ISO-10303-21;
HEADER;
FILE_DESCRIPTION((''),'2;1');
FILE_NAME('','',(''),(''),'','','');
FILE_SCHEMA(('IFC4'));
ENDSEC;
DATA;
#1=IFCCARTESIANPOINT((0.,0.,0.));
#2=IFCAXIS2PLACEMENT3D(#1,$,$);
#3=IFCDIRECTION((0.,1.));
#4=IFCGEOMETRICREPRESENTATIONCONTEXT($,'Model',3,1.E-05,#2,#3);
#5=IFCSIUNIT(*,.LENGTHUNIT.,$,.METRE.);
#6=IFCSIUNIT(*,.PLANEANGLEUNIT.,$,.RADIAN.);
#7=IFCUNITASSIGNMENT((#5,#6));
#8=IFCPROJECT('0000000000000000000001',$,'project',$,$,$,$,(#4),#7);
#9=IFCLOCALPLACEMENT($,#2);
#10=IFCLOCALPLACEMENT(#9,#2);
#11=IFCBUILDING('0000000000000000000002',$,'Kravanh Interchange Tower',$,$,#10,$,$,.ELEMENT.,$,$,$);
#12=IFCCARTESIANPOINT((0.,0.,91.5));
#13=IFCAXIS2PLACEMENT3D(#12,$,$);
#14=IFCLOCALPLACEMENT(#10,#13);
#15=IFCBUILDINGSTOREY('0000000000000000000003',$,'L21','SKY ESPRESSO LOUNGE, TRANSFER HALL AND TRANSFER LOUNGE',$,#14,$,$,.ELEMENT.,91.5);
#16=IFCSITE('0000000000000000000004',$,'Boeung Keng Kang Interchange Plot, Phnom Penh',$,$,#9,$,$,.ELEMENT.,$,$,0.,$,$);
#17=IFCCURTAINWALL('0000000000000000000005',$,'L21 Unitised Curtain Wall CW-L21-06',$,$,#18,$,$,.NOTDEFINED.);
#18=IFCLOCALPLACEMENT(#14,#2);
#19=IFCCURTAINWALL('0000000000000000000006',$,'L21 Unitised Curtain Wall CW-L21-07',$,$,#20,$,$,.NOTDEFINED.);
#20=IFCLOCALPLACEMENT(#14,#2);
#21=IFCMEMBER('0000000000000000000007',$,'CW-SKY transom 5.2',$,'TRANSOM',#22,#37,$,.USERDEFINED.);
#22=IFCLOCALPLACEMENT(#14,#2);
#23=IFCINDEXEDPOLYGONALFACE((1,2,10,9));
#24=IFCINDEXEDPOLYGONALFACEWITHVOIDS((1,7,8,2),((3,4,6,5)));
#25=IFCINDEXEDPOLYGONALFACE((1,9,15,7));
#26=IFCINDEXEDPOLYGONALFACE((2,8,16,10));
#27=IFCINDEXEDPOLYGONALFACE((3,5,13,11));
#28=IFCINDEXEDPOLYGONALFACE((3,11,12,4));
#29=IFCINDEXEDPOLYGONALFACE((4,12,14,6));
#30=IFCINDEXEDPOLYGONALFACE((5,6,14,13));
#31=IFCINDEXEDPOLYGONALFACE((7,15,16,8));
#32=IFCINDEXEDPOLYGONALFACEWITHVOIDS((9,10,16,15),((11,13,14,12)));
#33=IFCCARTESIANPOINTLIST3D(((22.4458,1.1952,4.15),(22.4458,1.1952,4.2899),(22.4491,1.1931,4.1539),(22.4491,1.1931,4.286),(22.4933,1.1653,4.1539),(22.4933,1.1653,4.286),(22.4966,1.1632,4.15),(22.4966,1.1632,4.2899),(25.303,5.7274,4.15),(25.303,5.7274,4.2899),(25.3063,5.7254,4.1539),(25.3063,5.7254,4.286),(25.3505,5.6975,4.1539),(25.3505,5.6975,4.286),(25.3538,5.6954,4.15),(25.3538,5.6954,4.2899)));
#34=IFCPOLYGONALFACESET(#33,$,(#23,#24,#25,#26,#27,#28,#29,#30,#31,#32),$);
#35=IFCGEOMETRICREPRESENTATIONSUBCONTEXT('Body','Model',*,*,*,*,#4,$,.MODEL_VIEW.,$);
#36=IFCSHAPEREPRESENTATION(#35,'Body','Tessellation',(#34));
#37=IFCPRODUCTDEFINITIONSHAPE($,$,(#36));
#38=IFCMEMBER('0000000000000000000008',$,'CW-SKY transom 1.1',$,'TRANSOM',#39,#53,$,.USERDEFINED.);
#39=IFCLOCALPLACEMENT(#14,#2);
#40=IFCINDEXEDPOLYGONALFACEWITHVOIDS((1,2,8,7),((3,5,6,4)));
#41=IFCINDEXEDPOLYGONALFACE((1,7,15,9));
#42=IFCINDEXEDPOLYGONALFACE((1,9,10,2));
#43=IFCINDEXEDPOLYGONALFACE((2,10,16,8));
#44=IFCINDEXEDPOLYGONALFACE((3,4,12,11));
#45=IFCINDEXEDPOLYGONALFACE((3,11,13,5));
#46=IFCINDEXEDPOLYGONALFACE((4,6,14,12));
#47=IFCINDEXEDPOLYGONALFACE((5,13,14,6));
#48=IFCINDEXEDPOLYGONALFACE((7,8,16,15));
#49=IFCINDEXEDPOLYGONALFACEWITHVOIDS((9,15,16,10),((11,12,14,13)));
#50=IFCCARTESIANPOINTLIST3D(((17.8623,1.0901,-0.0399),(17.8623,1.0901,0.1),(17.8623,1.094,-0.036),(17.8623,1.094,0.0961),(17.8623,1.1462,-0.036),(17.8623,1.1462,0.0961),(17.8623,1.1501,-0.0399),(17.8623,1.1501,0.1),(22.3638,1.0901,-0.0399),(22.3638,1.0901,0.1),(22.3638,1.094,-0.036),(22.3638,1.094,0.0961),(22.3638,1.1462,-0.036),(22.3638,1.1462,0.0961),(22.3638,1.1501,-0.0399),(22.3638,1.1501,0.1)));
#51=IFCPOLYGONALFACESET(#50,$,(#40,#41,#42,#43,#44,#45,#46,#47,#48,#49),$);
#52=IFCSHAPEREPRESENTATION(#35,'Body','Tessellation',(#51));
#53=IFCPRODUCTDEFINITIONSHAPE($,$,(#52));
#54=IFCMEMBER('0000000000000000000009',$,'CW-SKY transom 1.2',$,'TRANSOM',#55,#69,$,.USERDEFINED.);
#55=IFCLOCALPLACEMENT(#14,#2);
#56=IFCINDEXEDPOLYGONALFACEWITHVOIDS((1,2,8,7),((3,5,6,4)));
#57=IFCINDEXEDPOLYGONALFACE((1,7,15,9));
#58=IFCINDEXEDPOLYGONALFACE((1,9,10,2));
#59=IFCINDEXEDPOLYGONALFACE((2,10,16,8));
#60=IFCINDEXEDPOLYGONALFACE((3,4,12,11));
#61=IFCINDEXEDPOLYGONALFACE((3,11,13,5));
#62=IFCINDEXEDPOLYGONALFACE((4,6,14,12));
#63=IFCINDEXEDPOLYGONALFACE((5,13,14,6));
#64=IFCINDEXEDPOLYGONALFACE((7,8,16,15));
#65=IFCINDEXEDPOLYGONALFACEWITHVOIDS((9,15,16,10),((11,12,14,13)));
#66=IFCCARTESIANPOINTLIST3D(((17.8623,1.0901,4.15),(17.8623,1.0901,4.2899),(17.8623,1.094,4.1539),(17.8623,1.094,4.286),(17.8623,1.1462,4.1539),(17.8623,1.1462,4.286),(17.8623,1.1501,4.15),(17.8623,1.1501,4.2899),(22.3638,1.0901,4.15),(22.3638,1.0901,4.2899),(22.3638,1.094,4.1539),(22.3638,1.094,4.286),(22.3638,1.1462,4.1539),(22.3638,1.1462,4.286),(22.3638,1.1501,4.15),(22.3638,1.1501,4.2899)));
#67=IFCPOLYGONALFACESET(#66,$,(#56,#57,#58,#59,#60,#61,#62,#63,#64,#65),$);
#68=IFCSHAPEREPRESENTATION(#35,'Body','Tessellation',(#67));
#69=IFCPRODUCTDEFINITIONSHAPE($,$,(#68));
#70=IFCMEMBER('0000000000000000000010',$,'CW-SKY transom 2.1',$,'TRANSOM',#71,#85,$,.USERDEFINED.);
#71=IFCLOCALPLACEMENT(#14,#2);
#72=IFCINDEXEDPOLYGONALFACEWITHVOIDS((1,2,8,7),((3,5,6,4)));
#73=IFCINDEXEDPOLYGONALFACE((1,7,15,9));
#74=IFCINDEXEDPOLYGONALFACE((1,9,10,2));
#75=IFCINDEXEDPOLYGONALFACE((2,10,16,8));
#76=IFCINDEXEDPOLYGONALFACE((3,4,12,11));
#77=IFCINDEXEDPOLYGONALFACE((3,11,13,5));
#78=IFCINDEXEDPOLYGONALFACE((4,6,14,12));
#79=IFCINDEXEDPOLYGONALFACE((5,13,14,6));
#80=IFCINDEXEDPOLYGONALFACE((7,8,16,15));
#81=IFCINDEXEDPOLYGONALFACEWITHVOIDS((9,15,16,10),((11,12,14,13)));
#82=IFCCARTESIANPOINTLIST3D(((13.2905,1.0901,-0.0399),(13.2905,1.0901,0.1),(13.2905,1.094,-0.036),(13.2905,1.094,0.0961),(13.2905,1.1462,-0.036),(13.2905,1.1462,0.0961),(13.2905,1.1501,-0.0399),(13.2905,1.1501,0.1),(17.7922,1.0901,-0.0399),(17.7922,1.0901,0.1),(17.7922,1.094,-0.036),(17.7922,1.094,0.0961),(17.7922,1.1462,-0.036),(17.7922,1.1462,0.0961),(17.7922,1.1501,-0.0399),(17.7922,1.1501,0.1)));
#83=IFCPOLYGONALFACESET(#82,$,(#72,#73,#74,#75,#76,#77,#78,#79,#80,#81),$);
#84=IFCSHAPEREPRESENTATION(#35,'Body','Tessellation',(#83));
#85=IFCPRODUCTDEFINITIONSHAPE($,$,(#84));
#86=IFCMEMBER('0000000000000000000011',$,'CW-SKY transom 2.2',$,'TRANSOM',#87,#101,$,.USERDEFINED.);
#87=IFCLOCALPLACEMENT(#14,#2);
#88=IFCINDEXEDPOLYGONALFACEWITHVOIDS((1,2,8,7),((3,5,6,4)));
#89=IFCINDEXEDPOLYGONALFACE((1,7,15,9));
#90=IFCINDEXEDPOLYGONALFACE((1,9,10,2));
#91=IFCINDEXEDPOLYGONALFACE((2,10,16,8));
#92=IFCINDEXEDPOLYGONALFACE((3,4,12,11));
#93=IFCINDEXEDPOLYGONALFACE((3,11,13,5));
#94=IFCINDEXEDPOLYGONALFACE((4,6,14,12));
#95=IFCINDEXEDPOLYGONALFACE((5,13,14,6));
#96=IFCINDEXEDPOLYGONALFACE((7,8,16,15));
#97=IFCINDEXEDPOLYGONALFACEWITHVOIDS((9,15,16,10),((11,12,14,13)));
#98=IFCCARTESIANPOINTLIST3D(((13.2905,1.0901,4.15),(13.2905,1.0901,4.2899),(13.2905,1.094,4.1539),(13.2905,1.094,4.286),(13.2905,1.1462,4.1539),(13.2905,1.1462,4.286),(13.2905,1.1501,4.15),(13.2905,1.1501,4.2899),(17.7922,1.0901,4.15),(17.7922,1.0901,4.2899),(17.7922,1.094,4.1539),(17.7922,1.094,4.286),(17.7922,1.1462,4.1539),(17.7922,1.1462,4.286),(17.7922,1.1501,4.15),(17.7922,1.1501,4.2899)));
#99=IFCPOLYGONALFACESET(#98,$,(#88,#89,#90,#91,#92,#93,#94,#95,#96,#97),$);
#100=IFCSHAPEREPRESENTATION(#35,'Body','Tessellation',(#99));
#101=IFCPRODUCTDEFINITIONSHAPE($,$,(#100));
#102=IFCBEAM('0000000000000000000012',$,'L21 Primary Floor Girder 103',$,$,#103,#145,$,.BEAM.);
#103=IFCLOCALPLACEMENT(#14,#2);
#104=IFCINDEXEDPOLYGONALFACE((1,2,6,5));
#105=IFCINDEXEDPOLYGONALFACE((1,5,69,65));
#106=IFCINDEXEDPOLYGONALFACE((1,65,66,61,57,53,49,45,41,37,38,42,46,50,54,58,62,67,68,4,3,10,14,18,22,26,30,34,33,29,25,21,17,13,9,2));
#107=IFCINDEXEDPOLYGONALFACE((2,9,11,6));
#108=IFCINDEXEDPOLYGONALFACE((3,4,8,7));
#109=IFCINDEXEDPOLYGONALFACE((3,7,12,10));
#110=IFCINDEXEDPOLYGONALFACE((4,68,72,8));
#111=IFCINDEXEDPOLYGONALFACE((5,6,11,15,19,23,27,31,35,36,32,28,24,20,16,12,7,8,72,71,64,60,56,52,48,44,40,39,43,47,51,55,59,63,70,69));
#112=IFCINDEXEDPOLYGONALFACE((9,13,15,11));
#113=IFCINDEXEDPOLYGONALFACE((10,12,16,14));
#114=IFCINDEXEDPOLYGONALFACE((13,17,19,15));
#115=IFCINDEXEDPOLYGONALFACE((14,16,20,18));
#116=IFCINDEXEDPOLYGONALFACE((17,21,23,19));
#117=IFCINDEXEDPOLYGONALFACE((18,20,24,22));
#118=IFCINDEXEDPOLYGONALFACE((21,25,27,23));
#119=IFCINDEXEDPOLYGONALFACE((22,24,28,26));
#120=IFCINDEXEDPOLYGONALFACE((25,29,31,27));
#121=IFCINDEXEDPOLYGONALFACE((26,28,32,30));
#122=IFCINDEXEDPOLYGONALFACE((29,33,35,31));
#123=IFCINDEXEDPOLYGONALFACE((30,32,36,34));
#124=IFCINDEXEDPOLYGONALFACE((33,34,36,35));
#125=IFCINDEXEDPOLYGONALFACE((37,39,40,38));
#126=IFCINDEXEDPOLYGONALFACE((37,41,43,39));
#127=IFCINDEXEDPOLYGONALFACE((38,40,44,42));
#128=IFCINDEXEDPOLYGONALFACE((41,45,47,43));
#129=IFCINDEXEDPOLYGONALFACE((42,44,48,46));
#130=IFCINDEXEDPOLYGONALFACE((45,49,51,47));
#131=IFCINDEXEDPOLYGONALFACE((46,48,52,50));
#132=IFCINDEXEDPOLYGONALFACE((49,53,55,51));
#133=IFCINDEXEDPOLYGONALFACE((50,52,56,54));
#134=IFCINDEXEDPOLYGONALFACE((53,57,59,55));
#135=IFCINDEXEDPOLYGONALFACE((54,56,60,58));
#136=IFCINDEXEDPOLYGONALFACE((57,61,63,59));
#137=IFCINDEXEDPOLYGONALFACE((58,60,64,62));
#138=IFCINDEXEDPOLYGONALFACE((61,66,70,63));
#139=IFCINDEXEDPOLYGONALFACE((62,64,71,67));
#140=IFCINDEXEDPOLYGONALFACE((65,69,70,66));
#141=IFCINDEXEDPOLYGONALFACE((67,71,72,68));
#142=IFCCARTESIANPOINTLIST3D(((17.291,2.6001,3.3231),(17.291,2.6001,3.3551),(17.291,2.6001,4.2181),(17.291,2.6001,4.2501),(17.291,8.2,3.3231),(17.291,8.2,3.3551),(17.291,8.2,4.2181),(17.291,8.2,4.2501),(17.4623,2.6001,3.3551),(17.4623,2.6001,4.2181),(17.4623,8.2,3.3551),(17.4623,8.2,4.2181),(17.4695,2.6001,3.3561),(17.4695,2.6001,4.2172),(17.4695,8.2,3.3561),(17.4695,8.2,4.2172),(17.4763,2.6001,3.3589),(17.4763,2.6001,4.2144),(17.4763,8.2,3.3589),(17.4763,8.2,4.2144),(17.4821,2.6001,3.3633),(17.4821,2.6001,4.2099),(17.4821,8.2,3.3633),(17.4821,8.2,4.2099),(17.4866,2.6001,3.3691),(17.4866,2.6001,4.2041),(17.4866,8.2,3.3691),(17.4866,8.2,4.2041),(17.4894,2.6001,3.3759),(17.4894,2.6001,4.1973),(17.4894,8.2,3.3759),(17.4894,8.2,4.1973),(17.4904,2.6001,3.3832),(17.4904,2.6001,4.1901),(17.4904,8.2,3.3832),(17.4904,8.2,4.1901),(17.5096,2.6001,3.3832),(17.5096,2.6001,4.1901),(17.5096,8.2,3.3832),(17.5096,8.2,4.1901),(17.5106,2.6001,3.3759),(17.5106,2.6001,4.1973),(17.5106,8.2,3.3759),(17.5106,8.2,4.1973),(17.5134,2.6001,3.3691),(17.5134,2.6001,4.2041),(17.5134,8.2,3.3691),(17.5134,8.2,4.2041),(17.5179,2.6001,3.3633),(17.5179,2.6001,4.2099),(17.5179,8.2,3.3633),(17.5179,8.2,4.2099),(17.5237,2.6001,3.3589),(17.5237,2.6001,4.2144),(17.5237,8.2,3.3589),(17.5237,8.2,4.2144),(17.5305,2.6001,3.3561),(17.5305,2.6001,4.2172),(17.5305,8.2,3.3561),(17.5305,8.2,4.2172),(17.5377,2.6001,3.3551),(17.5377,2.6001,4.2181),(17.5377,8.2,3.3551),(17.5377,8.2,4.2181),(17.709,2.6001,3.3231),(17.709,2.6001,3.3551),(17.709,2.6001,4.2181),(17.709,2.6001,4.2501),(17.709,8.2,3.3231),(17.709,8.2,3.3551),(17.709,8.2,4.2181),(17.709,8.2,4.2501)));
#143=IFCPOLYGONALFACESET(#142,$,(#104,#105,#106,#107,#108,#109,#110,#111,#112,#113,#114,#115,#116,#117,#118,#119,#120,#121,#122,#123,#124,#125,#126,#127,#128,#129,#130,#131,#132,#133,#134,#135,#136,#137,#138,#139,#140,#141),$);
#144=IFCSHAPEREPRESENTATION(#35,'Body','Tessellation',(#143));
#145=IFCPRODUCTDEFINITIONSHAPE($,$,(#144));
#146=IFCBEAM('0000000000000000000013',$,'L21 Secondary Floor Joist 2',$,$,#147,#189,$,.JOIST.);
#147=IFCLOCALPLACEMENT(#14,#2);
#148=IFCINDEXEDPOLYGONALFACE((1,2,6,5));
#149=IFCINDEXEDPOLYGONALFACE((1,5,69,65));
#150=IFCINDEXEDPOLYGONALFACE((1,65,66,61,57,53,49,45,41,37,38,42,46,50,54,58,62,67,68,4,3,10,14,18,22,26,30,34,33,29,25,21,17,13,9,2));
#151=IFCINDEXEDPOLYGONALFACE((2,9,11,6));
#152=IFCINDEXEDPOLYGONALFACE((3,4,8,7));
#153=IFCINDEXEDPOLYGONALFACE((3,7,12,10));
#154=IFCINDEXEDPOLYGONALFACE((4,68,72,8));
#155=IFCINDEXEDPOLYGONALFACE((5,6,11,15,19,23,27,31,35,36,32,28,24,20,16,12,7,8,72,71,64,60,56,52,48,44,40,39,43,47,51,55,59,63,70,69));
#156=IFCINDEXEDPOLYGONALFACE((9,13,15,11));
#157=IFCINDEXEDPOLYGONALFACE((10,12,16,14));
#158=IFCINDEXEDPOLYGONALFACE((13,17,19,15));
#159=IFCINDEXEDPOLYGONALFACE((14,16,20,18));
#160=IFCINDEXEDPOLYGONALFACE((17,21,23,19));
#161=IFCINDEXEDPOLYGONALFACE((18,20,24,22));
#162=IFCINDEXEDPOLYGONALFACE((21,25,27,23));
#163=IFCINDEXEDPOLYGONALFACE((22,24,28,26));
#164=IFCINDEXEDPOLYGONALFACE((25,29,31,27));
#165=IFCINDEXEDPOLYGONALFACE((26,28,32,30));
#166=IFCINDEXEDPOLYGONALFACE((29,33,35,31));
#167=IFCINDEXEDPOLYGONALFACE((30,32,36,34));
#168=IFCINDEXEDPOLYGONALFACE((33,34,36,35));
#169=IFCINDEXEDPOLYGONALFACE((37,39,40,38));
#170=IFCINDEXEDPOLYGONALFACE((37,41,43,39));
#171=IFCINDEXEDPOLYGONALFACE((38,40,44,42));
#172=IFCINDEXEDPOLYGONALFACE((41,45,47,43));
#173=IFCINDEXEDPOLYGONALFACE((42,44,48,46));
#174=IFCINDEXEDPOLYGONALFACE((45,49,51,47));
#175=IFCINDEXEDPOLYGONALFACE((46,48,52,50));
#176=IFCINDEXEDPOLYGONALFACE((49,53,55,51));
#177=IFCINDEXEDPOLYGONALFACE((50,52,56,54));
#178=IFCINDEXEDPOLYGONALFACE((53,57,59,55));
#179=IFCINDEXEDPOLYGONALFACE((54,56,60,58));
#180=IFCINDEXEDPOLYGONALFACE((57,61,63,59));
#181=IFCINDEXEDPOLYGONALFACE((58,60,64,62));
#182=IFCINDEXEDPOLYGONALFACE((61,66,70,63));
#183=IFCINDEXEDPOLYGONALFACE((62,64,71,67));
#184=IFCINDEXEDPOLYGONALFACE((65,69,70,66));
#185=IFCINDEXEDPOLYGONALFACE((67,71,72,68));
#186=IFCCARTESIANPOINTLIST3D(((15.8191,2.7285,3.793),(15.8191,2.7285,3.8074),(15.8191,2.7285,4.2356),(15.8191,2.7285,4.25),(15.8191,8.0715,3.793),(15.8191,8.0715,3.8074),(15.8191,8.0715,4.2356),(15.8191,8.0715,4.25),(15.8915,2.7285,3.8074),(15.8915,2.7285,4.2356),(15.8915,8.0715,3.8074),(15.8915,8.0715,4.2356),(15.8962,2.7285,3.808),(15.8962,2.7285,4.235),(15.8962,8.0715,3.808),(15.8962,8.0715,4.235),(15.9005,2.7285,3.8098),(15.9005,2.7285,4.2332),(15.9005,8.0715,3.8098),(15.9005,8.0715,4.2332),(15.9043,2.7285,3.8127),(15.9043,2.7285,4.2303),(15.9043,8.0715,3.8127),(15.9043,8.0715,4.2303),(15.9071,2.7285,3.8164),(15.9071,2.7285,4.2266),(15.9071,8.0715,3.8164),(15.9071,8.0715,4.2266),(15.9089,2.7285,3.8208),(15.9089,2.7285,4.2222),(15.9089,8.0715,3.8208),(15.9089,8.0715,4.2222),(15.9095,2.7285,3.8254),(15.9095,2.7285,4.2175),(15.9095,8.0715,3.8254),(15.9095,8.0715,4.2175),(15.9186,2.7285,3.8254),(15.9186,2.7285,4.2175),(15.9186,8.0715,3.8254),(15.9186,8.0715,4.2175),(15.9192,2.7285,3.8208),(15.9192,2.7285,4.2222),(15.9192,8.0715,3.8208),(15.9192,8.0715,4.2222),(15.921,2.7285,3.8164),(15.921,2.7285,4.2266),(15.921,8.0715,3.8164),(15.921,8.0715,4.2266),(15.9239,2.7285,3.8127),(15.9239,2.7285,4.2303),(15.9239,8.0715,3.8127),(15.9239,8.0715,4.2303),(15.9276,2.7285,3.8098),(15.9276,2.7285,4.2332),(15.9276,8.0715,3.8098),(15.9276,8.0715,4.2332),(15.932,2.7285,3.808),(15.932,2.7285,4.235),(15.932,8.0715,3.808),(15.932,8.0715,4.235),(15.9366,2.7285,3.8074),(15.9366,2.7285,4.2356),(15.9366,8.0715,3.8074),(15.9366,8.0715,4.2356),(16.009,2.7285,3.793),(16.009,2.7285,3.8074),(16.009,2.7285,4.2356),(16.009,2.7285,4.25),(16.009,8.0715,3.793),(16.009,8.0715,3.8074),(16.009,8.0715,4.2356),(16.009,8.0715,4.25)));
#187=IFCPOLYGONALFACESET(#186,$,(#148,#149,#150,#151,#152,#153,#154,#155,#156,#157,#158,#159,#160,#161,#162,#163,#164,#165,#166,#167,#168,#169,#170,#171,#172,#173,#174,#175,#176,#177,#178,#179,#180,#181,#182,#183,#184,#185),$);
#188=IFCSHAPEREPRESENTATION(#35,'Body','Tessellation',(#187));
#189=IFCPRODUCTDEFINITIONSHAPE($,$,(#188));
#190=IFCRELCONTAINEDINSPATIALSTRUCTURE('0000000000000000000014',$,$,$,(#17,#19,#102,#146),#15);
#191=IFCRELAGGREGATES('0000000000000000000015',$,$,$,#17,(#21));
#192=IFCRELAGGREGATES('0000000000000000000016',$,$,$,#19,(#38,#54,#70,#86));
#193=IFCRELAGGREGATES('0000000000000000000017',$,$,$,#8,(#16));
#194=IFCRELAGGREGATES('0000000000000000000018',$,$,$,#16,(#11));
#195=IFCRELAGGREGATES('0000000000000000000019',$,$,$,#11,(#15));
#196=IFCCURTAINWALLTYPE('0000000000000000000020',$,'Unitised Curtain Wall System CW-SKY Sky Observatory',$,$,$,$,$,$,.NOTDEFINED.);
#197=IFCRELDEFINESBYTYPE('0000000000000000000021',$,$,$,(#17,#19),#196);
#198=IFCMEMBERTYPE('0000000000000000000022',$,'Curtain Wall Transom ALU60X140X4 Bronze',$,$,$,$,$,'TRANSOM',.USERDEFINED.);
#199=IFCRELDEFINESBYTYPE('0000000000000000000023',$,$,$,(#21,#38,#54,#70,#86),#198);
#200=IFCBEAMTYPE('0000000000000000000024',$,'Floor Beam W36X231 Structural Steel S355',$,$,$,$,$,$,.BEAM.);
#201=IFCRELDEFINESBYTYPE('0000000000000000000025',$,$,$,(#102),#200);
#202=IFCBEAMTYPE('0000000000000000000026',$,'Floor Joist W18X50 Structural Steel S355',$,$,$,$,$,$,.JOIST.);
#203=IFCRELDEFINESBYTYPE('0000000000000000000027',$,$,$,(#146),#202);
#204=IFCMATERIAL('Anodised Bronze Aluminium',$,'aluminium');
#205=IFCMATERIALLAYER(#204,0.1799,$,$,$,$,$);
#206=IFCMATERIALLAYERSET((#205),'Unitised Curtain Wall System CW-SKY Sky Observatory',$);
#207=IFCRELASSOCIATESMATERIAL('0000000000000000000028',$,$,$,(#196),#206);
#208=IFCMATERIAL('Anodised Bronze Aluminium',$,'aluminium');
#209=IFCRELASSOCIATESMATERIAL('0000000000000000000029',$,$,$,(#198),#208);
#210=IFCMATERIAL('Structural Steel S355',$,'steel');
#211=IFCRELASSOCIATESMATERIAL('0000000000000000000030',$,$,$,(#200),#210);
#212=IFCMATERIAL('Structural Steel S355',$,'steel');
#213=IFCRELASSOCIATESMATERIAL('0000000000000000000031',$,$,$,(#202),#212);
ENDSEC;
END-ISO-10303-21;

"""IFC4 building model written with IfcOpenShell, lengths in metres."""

from ifc_helpers import new_model, si_unit, direction, frame, origin, origin_2d, place, context, subcontext, project, spatial, hollow_rectangle, i_section, extrude, material, layer, layer_set, material_profile, profile_set, type_object, element, aggregate, save


model = new_model("IFC4")

# Units and contexts
model_context = context("Model", 3, precision=1e-05, world=origin(), true_north=direction((0.0, 1.0)))
body_context = subcontext(model_context, "Body", "Model", "MODEL_VIEW")
ifc_project = project(units=[si_unit("LENGTHUNIT", "METRE"), si_unit("PLANEANGLEUNIT", "RADIAN")], contexts=[model_context])

# Site, building, storey
site_placement = place(None, origin())
site = spatial("IfcSite", under=ifc_project, at=site_placement, Name="Boeung Keng Kang Interchange Plot, Phnom Penh", CompositionType="ELEMENT", RefElevation=0.0)
building_placement = place(site_placement, origin())
building = spatial("IfcBuilding", under=site, at=building_placement, Name="Kravanh Interchange Tower", CompositionType="ELEMENT")
storey_placement = place(building_placement, frame((0.0, 0.0, 91.5)))
storey = spatial("IfcBuildingStorey", under=building, at=storey_placement, Name="L21", Description="SKY ESPRESSO LOUNGE, TRANSFER HALL AND TRANSFER LOUNGE", CompositionType="ELEMENT", Elevation=91.5)

# Curtain walls
ifc_material_1 = material(Name="Anodised Bronze Aluminium", Category="aluminium")
ifc_layer_1 = layer(ifc_material_1, 0.1799)
ifc_layer_set_1 = layer_set([ifc_layer_1], Name="Unitised Curtain Wall System CW-SKY Sky Observatory")
curtain_wall_type = type_object("IfcCurtainWallType", Name="Unitised Curtain Wall System CW-SKY Sky Observatory", PredefinedType="NOTDEFINED", material=ifc_layer_set_1)
curtain_wall_1_placement = place(storey_placement, origin())
curtain_wall_1 = element("IfcCurtainWall", 1, at=curtain_wall_1_placement, inside=storey, type_object=curtain_wall_type, Name="L21 Unitised Curtain Wall CW-L21-06", PredefinedType="NOTDEFINED")
curtain_wall_2_placement = place(storey_placement, origin())
curtain_wall_2 = element("IfcCurtainWall", 2, at=curtain_wall_2_placement, inside=storey, type_object=curtain_wall_type, Name="L21 Unitised Curtain Wall CW-L21-07", PredefinedType="NOTDEFINED")

# Members
ifc_material_2 = material(Name="Anodised Bronze Aluminium", Category="aluminium")
ifc_material_profile_1 = material_profile(ifc_material_2, hollow_rectangle(XDim=0.0601, YDim=0.1399, WallThickness=0.0039, at=origin_2d()), Name="ALU60X140X4")
ifc_profile_set_1 = profile_set([ifc_material_profile_1], Name="Anodised Bronze Aluminium")
member_type_1 = type_object("IfcMemberType", Name="Curtain Wall Transom ALU60X140X4 Bronze", ElementType="TRANSOM", PredefinedType="USERDEFINED", material=ifc_profile_set_1)
member_1_placement = place(storey_placement, frame((25.3284, 5.7114, 4.22), z_axis=(-0.533288, -0.845934, 0.0), x_axis=(0.845934, -0.533288, 0.0)))
member_1 = element("IfcMember", 3, at=member_1_placement, type_object=member_type_1, Name="CW-SKY transom 5.2", ObjectType="TRANSOM", PredefinedType="USERDEFINED", context=body_context, shape_type="SweptSolid", body=[
    extrude(hollow_rectangle(XDim=0.0601, YDim=0.1399, WallThickness=0.0039, at=origin_2d()), origin(), (0.0, 0.0, 1.0), 5.3577),
])
member_2_placement = place(storey_placement, frame((22.3638, 1.1201, 0.03), z_axis=(-1.0, 0.0, 0.0), x_axis=(0.0, -1.0, 0.0)))
member_2 = element("IfcMember", 4, at=member_2_placement, type_object=member_type_1, Name="CW-SKY transom 1.1", ObjectType="TRANSOM", PredefinedType="USERDEFINED", context=body_context, shape_type="SweptSolid", body=[
    extrude(hollow_rectangle(XDim=0.0601, YDim=0.1399, WallThickness=0.0039, at=origin_2d()), origin(), (0.0, 0.0, 1.0), 4.5015),
])
member_3_placement = place(storey_placement, frame((22.3638, 1.1201, 4.22), z_axis=(-1.0, 0.0, 0.0), x_axis=(0.0, -1.0, 0.0)))
member_3 = element("IfcMember", 5, at=member_3_placement, type_object=member_type_1, Name="CW-SKY transom 1.2", ObjectType="TRANSOM", PredefinedType="USERDEFINED", context=body_context, shape_type="SweptSolid", body=[
    extrude(hollow_rectangle(XDim=0.0601, YDim=0.1399, WallThickness=0.0039, at=origin_2d()), origin(), (0.0, 0.0, 1.0), 4.5015),
])
member_4_placement = place(storey_placement, frame((17.7922, 1.1201, 0.03), z_axis=(-1.0, 0.0, 0.0), x_axis=(0.0, -1.0, 0.0)))
member_4 = element("IfcMember", 6, at=member_4_placement, type_object=member_type_1, Name="CW-SKY transom 2.1", ObjectType="TRANSOM", PredefinedType="USERDEFINED", context=body_context, shape_type="SweptSolid", body=[
    extrude(hollow_rectangle(XDim=0.0601, YDim=0.1399, WallThickness=0.0039, at=origin_2d()), origin(), (0.0, 0.0, 1.0), 4.5017),
])
member_5_placement = place(storey_placement, frame((17.7922, 1.1201, 4.22), z_axis=(-1.0, 0.0, 0.0), x_axis=(0.0, -1.0, 0.0)))
member_5 = element("IfcMember", 7, at=member_5_placement, type_object=member_type_1, Name="CW-SKY transom 2.2", ObjectType="TRANSOM", PredefinedType="USERDEFINED", context=body_context, shape_type="SweptSolid", body=[
    extrude(hollow_rectangle(XDim=0.0601, YDim=0.1399, WallThickness=0.0039, at=origin_2d()), origin(), (0.0, 0.0, 1.0), 4.5017),
])

# Beams
ifc_material_3 = material(Name="Structural Steel S355", Category="steel")
ifc_material_profile_2 = material_profile(ifc_material_3, i_section(OverallWidth=0.418, OverallDepth=0.927, WebThickness=0.0193, FlangeThickness=0.032, FilletRadius=0.0281, at=origin_2d()), Name="W36X231")
ifc_profile_set_2 = profile_set([ifc_material_profile_2], Name="Structural Steel S355")
beam_type_1 = type_object("IfcBeamType", Name="Floor Beam W36X231 Structural Steel S355", PredefinedType="BEAM", material=ifc_profile_set_2)
beam_1_placement = place(storey_placement, frame((17.5, 2.6001, 3.7866), z_axis=(0.0, 1.0, 0.0), x_axis=(-1.0, 0.0, 0.0)))
element("IfcBeam", 8, at=beam_1_placement, inside=storey, type_object=beam_type_1, Name="L21 Primary Floor Girder 103", PredefinedType="BEAM", context=body_context, shape_type="SweptSolid", body=[
    extrude(i_section(OverallWidth=0.418, OverallDepth=0.927, WebThickness=0.0193, FlangeThickness=0.032, FilletRadius=0.0281, at=origin_2d()), origin(), (0.0, 0.0, 1.0), 5.5999),
])
ifc_material_4 = material(Name="Structural Steel S355", Category="steel")
ifc_material_profile_3 = material_profile(ifc_material_4, i_section(OverallWidth=0.1899, OverallDepth=0.457, WebThickness=0.009, FlangeThickness=0.0144, FilletRadius=0.0181, at=origin_2d()), Name="W18X50")
ifc_profile_set_3 = profile_set([ifc_material_profile_3], Name="Structural Steel S355")
beam_type_2 = type_object("IfcBeamType", Name="Floor Joist W18X50 Structural Steel S355", PredefinedType="JOIST", material=ifc_profile_set_3)
for number, where, z_axis, x_axis, name in (
    (9, (15.9141, 2.7285, 4.0215), (0.0, 1.0, 0.0), (-1.0, 0.0, 0.0), "L21 Secondary Floor Joist 2"),
):
    element("IfcBeam", number, at=place(storey_placement, frame(where, z_axis=z_axis, x_axis=x_axis)), inside=storey, type_object=beam_type_2, Name=name, PredefinedType="JOIST", context=body_context, shape_type="SweptSolid", body=[
        extrude(i_section(OverallWidth=0.1899, OverallDepth=0.457, WebThickness=0.009, FlangeThickness=0.0144, FilletRadius=0.0181, at=origin_2d()), origin(), (0.0, 0.0, 1.0), 5.343),
    ])

aggregate(curtain_wall_1, [member_1])
aggregate(curtain_wall_2, [member_2, member_3, member_4, member_5])

save(model, "model.ifc")
